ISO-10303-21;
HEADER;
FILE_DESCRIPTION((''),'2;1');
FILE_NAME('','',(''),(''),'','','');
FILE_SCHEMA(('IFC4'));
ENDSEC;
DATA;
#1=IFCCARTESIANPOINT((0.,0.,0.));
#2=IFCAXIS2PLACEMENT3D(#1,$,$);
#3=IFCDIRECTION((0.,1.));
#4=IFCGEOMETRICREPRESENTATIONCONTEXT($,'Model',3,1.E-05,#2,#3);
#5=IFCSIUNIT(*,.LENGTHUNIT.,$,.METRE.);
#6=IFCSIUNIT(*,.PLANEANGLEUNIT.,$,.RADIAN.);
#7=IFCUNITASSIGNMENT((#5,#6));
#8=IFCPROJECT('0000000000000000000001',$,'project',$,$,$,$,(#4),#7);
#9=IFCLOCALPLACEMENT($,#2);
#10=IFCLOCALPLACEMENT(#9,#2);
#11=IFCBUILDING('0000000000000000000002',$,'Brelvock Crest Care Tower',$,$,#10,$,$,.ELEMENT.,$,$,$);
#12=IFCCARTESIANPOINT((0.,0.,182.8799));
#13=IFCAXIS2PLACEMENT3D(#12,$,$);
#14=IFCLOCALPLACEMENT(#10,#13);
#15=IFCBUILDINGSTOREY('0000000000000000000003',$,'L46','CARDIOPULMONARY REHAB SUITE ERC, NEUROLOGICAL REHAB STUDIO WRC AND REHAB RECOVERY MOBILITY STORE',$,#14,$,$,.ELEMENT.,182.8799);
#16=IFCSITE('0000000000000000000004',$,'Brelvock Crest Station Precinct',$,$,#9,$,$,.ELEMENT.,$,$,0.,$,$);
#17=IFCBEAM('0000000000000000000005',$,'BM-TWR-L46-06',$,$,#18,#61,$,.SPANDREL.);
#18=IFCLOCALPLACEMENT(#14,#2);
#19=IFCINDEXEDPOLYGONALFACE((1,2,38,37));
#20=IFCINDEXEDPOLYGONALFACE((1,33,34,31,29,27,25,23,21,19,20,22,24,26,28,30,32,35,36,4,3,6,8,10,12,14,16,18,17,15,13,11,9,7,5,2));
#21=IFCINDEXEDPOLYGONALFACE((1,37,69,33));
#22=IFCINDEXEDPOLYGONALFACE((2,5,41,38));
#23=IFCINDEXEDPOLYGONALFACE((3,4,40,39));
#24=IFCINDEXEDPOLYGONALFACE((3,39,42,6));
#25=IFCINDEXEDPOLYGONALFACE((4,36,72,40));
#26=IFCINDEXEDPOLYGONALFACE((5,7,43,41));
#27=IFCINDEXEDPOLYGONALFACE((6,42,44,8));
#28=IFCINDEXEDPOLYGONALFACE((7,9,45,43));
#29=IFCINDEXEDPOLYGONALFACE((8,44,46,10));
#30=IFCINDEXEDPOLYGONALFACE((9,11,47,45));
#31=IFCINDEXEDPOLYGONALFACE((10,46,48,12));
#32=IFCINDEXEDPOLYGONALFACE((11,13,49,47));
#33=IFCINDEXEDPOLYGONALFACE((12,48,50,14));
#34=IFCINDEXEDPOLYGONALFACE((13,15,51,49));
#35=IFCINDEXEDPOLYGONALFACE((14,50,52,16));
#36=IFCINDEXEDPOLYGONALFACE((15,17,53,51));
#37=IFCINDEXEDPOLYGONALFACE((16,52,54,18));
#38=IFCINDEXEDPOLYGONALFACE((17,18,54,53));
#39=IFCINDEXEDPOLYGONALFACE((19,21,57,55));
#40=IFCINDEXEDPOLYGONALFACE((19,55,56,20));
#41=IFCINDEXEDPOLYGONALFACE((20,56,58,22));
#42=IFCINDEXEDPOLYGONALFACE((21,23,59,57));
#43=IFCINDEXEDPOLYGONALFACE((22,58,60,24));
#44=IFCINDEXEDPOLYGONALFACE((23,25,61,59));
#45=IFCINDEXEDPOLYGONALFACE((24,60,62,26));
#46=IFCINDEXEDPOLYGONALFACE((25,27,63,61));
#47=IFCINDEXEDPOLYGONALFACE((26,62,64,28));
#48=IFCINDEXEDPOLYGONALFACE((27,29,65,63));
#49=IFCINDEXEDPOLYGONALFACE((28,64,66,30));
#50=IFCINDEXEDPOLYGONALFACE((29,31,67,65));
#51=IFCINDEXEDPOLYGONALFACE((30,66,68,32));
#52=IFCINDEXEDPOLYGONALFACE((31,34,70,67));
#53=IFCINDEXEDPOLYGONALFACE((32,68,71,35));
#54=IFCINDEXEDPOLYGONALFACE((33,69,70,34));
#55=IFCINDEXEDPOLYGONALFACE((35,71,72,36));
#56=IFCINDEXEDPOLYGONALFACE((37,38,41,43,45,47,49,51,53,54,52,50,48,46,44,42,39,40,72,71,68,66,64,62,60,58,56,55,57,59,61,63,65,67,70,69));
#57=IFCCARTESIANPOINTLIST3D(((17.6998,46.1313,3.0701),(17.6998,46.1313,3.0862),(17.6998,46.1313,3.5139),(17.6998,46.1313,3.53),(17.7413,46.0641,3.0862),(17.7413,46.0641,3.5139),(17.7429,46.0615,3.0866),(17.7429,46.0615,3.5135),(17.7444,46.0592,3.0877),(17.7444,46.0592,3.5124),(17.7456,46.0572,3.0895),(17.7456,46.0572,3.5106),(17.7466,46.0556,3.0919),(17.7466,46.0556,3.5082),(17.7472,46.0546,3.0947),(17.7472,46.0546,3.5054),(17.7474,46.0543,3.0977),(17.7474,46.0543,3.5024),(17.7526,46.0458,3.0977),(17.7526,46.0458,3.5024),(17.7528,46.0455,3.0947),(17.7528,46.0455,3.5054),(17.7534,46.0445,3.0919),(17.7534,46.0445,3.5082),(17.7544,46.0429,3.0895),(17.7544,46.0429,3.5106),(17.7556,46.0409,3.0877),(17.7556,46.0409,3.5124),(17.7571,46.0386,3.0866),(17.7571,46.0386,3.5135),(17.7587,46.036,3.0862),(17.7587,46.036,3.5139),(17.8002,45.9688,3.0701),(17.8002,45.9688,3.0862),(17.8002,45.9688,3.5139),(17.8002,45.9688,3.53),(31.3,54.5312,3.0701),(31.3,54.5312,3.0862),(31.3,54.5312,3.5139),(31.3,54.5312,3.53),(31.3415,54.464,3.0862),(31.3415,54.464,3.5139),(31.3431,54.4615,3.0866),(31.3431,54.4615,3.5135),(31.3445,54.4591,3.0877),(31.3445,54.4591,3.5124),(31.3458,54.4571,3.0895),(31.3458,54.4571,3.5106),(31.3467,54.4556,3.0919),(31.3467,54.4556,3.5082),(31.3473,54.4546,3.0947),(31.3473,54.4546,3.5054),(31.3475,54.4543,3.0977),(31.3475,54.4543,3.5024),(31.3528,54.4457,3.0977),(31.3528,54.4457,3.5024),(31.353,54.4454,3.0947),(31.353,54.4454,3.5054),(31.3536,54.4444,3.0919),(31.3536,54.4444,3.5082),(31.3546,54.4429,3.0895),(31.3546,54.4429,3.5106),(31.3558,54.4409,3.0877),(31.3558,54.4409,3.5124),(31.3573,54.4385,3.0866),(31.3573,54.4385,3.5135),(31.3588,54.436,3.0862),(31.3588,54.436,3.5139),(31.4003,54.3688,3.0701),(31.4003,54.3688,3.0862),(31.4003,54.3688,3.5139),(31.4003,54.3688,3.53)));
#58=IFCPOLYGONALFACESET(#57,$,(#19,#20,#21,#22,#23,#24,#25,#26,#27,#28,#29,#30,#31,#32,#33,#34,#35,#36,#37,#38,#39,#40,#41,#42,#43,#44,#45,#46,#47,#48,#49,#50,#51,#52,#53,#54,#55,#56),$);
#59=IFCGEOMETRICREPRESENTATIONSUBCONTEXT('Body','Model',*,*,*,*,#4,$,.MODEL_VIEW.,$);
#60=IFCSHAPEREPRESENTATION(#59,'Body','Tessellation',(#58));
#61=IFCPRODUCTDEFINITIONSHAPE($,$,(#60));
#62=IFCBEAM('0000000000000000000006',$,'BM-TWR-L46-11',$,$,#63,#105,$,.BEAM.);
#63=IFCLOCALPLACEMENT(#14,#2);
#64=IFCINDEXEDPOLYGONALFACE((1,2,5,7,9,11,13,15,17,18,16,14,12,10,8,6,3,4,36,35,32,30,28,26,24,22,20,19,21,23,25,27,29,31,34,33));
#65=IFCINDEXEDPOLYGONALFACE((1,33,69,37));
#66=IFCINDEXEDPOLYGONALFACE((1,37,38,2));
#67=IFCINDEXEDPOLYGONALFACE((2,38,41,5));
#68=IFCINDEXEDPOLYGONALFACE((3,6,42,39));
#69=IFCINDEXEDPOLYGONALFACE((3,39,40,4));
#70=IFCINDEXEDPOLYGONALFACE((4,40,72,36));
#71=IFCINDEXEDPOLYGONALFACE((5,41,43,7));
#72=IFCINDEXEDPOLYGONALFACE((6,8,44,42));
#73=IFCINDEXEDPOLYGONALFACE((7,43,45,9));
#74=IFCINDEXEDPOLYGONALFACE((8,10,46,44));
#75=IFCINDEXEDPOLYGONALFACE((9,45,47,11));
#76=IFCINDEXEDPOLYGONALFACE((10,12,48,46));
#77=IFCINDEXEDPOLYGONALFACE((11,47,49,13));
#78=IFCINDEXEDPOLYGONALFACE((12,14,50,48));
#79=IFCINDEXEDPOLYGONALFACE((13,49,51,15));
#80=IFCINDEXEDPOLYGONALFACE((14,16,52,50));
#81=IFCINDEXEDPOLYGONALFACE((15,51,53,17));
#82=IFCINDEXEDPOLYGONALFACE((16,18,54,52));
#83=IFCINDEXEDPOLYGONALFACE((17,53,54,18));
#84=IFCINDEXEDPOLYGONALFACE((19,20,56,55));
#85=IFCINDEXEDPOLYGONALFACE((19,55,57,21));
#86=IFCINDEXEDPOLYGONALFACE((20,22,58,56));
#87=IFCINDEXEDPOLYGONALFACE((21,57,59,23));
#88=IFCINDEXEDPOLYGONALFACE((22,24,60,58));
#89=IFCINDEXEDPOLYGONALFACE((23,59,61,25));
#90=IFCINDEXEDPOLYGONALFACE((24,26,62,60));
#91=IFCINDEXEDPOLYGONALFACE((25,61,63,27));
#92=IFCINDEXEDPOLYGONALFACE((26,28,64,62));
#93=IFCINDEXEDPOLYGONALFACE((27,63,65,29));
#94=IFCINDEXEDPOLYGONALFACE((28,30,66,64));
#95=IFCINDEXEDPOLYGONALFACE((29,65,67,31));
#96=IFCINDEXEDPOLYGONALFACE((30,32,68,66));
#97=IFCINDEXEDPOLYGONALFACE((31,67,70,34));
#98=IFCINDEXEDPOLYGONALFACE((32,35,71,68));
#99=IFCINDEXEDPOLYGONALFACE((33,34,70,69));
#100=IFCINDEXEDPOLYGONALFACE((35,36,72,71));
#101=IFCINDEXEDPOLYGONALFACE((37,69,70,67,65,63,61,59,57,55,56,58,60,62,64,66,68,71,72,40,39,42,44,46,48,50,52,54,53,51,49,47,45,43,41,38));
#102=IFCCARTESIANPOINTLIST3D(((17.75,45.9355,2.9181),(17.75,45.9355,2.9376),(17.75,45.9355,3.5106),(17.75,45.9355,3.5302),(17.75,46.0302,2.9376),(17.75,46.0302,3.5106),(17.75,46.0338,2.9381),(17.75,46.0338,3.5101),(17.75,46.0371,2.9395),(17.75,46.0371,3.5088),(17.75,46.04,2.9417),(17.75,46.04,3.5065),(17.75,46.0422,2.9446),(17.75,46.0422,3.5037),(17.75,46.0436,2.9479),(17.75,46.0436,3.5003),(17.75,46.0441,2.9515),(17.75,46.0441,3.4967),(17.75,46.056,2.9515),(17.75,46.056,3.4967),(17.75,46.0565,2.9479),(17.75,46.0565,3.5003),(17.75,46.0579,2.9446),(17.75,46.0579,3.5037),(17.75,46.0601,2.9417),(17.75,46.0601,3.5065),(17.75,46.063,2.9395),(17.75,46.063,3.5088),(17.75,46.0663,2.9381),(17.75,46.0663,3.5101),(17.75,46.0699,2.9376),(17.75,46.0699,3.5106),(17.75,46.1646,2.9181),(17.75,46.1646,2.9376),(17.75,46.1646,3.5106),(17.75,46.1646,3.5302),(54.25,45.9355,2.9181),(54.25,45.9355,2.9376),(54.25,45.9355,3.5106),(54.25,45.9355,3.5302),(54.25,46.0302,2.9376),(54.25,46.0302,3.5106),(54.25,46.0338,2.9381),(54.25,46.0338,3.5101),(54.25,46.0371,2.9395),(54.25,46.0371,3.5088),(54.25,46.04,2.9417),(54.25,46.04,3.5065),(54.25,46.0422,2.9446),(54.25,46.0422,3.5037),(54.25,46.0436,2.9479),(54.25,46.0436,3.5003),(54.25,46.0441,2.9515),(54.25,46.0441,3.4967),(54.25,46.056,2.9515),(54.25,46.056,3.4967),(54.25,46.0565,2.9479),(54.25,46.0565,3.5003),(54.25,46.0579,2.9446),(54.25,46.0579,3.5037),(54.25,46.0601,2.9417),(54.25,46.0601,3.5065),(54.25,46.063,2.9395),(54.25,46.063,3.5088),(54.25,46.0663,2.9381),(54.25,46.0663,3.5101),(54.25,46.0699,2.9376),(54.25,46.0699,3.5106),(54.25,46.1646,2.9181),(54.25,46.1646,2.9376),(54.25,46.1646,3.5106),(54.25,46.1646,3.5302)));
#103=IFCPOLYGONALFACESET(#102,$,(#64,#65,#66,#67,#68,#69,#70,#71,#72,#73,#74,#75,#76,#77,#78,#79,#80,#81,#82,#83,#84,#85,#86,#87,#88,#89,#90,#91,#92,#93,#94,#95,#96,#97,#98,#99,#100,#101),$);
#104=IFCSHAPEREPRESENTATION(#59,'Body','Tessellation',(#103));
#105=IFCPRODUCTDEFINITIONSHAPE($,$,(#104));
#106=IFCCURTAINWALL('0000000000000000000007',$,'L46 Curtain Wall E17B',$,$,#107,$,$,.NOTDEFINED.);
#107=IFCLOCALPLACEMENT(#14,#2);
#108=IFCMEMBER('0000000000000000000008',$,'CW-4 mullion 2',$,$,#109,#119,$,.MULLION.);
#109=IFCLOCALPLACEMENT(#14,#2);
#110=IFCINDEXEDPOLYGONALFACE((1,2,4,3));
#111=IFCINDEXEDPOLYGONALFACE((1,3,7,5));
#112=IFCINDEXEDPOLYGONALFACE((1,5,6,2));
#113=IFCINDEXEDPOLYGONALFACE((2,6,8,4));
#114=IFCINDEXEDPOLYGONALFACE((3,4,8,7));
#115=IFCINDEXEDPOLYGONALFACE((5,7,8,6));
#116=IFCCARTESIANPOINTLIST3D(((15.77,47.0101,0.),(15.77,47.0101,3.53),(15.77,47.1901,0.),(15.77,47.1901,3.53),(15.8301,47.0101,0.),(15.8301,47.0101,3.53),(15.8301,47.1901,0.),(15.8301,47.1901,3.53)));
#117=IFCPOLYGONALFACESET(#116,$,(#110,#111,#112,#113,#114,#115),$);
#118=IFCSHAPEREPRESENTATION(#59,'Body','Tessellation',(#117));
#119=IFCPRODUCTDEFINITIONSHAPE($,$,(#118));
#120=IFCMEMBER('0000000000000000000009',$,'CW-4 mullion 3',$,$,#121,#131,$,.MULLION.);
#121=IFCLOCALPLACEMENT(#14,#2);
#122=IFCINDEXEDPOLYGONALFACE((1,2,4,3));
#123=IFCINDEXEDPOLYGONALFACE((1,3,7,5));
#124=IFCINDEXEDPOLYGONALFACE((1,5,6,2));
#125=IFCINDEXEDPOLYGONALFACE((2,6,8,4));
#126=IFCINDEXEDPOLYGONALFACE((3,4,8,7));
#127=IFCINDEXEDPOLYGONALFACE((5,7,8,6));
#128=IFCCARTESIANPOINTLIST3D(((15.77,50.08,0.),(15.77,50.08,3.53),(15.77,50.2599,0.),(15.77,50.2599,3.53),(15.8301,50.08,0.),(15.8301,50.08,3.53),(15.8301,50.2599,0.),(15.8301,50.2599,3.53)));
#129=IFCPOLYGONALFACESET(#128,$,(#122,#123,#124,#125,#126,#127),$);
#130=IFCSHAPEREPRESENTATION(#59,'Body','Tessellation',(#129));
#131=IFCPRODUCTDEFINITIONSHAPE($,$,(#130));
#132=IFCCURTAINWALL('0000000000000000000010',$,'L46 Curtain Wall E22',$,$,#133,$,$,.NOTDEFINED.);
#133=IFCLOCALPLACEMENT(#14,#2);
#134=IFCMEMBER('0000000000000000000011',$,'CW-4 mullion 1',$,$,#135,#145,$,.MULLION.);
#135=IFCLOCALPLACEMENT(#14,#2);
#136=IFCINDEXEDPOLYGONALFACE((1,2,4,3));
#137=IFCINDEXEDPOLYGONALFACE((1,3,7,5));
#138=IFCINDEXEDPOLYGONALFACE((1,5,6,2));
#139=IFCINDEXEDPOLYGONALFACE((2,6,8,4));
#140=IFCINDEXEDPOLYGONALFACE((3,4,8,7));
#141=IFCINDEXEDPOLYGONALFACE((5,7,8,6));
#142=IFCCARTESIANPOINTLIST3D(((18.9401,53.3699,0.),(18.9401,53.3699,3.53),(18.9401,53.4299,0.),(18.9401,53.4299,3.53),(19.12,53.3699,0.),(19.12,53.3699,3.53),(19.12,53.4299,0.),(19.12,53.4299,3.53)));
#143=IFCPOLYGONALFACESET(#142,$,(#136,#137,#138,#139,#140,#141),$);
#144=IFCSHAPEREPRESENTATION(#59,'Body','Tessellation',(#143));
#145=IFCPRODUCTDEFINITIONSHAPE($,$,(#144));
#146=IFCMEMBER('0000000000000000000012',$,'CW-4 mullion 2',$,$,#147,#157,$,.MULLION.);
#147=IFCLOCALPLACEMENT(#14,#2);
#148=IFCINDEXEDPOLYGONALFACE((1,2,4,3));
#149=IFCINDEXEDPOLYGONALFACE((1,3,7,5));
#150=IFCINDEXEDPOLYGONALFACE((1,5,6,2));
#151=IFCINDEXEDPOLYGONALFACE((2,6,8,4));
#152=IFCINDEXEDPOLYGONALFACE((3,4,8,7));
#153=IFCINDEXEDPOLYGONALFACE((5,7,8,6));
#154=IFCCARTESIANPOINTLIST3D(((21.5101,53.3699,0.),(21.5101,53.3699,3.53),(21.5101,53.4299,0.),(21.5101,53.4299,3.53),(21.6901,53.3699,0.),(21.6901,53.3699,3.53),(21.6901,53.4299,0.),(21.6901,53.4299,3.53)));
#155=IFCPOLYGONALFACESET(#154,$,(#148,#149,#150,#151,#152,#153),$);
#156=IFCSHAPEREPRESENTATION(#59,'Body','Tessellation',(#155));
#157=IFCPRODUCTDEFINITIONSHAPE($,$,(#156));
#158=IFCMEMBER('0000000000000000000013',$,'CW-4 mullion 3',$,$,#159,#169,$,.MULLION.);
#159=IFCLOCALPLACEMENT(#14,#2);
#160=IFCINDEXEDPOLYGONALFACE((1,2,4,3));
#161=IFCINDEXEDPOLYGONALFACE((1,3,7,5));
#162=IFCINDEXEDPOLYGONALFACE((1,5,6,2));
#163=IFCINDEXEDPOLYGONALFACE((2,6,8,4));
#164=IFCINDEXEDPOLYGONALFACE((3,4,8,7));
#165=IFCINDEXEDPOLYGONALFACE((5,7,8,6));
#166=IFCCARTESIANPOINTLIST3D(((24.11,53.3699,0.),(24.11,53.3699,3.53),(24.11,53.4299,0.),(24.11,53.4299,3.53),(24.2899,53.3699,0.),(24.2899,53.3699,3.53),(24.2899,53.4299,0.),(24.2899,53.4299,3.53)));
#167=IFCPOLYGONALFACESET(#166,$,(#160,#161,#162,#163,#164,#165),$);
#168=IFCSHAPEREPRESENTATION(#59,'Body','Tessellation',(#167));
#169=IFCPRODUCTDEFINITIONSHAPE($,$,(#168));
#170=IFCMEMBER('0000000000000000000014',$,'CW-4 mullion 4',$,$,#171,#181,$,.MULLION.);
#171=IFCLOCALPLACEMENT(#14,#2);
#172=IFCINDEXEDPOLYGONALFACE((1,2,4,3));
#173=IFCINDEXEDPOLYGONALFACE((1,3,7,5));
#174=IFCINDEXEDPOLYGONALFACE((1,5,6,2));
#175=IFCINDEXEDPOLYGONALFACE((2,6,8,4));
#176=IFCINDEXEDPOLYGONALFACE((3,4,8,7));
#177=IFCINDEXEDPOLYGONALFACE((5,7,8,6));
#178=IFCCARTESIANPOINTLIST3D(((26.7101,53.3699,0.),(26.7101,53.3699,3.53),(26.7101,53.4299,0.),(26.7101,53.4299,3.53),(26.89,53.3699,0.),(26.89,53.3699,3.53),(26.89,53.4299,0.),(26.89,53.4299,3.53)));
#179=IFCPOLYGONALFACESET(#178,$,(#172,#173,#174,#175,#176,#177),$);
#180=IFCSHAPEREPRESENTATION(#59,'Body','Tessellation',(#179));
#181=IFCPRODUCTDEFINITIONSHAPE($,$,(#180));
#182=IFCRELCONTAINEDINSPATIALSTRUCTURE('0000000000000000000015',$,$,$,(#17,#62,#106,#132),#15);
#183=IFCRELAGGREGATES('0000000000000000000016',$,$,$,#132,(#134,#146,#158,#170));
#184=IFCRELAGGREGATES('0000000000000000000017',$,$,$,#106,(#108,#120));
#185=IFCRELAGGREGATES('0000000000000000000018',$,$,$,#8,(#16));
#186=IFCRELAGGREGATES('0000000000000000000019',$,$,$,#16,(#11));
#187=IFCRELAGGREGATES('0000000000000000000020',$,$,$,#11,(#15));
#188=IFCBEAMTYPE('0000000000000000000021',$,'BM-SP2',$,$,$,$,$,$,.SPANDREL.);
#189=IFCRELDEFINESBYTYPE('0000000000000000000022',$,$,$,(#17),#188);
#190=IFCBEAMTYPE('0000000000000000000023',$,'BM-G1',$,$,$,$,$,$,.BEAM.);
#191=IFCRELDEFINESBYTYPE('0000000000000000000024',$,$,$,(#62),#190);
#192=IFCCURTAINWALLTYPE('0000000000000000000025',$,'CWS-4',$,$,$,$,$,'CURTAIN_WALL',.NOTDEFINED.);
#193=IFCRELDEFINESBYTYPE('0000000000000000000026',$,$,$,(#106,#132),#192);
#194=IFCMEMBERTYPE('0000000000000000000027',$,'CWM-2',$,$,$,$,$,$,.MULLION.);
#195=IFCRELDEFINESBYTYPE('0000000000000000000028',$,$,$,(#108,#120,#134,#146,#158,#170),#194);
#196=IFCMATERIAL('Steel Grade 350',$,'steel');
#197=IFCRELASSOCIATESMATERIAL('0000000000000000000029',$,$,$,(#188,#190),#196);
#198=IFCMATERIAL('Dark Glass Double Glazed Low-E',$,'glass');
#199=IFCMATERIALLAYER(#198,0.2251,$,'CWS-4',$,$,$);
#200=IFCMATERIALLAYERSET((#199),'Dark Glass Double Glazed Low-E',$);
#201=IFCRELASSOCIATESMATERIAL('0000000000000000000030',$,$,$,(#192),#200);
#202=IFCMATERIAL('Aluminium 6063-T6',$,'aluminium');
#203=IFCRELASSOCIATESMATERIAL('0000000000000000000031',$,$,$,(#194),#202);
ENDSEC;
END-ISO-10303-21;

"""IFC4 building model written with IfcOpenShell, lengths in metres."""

from ifc_helpers import new_model, si_unit, direction, frame, origin, origin_2d, place, context, subcontext, project, spatial, rectangle, i_section, extrude, source, transform, mapped, material, layer, layer_set, material_profile, profile_set, type_object, element, aggregate, save


model = new_model("IFC4")

# Units and contexts
model_context = context("Model", 3, precision=1e-05, world=origin(), true_north=direction((0.0, 1.0)))
body_context = subcontext(model_context, "Body", "Model", "MODEL_VIEW")
ifc_project = project(units=[si_unit("LENGTHUNIT", "METRE"), si_unit("PLANEANGLEUNIT", "RADIAN")], contexts=[model_context])

# Site, building, storey
site_placement = place(None, origin())
site = spatial("IfcSite", under=ifc_project, at=site_placement, Name="Brelvock Crest Station Precinct", CompositionType="ELEMENT", RefElevation=0.0)
building_placement = place(site_placement, origin())
building = spatial("IfcBuilding", under=site, at=building_placement, Name="Brelvock Crest Care Tower", CompositionType="ELEMENT")
storey_placement = place(building_placement, frame((0.0, 0.0, 182.8799)))
storey = spatial("IfcBuildingStorey", under=building, at=storey_placement, Name="L46", Description="CARDIOPULMONARY REHAB SUITE ERC, NEUROLOGICAL REHAB STUDIO WRC AND REHAB RECOVERY MOBILITY STORE", CompositionType="ELEMENT", Elevation=182.8799)

# Beams
ifc_material_1 = material(Name="Steel Grade 350", Category="steel")
ifc_material_profile_1 = material_profile(ifc_material_1, i_section(OverallWidth=0.1909, OverallDepth=0.46, WebThickness=0.01, FlangeThickness=0.0161, FilletRadius=0.0115, at=origin_2d()), Name="460UB82.1")
ifc_profile_set_1 = profile_set([ifc_material_profile_1], Name="Steel Grade 350")
beam_type_1 = type_object("IfcBeamType", Name="BM-SP2", PredefinedType="SPANDREL", material=ifc_profile_set_1)
shared_shape_1 = source(origin(), body_context, "Body", "SweptSolid", [
    extrude(i_section(OverallWidth=0.1909, OverallDepth=0.46, WebThickness=0.01, FlangeThickness=0.0161, FilletRadius=0.0115, at=origin_2d()), origin(), (0.0, 0.0, 1.0), 15.9851),
])
beam_1_placement = place(storey_placement, frame((17.75, 46.05, 3.3), z_axis=(0.850802, 0.525486, 0.0), x_axis=(-0.525486, 0.850802, 0.0)))
element("IfcBeam", 1, at=beam_1_placement, inside=storey, type_object=beam_type_1, Name="BM-TWR-L46-06", PredefinedType="SPANDREL", context=body_context, shape_type="MappedRepresentation", body=[
    mapped(shared_shape_1, transform((0.0, 0.0, 0.0), x_axis=(1.0, 0.0, 0.0), y_axis=(0.0, 1.0, 0.0), z_axis=(0.0, 0.0, 1.0), scale=1.0)),
])
ifc_material_profile_2 = material_profile(ifc_material_1, i_section(OverallWidth=0.229, OverallDepth=0.6121, WebThickness=0.012, FlangeThickness=0.0195, FilletRadius=0.0139, at=origin_2d()), Name="610UB125")
ifc_profile_set_2 = profile_set([ifc_material_profile_2], Name="Steel Grade 350")
beam_type_2 = type_object("IfcBeamType", Name="BM-G1", PredefinedType="BEAM", material=ifc_profile_set_2)
shared_shape_2 = source(origin(), body_context, "Body", "SweptSolid", [
    extrude(i_section(OverallWidth=0.229, OverallDepth=0.6121, WebThickness=0.012, FlangeThickness=0.0195, FilletRadius=0.0139, at=origin_2d()), origin(), (0.0, 0.0, 1.0), 36.5),
])
beam_2_placement = place(storey_placement, frame((17.75, 46.05, 3.2241), z_axis=(1.0, 0.0, 0.0), x_axis=(0.0, 1.0, 0.0)))
element("IfcBeam", 2, at=beam_2_placement, inside=storey, type_object=beam_type_2, Name="BM-TWR-L46-11", PredefinedType="BEAM", context=body_context, shape_type="MappedRepresentation", body=[
    mapped(shared_shape_2, transform((0.0, 0.0, 0.0), x_axis=(1.0, 0.0, 0.0), y_axis=(0.0, 1.0, 0.0), z_axis=(0.0, 0.0, 1.0), scale=1.0)),
])

# Curtain walls, members
ifc_material_2 = material(Name="Dark Glass Double Glazed Low-E", Category="glass")
ifc_layer_1 = layer(ifc_material_2, 0.2251, Name="CWS-4")
ifc_layer_set_1 = layer_set([ifc_layer_1], Name="Dark Glass Double Glazed Low-E")
curtain_wall_type = type_object("IfcCurtainWallType", Name="CWS-4", ElementType="CURTAIN_WALL", PredefinedType="NOTDEFINED", material=ifc_layer_set_1)
curtain_wall_1_placement = place(storey_placement, origin())
curtain_wall_1 = element("IfcCurtainWall", 3, at=curtain_wall_1_placement, inside=storey, type_object=curtain_wall_type, Name="L46 Curtain Wall E17B", PredefinedType="NOTDEFINED")
ifc_material_3 = material(Name="Aluminium 6063-T6", Category="aluminium")
ifc_material_profile_3 = material_profile(ifc_material_3, rectangle(XDim=0.0601, YDim=0.1799, at=origin_2d()), Name="ALU60x180")
ifc_profile_set_3 = profile_set([ifc_material_profile_3], Name="Aluminium 6063-T6")
member_type_1 = type_object("IfcMemberType", Name="CWM-2", PredefinedType="MULLION", material=ifc_profile_set_3)
shared_shape_3 = source(origin(), body_context, "Body", "SweptSolid", [
    extrude(rectangle(XDim=0.0601, YDim=0.1799, at=origin_2d()), origin(), (0.0, 0.0, 1.0), 3.53),
])
member_1_placement = place(storey_placement, frame((15.8, 47.1001, 0.0), z_axis=(0.0, 0.0, 1.0), x_axis=(-1.0, 0.0, 0.0)))
member_1 = element("IfcMember", 4, at=member_1_placement, type_object=member_type_1, Name="CW-4 mullion 2", PredefinedType="MULLION", context=body_context, shape_type="MappedRepresentation", body=[
    mapped(shared_shape_3, transform((0.0, 0.0, 0.0), x_axis=(1.0, 0.0, 0.0), y_axis=(0.0, 1.0, 0.0), z_axis=(0.0, 0.0, 1.0), scale=1.0)),
])
member_2_placement = place(storey_placement, frame((15.8, 50.1699, 0.0), z_axis=(0.0, 0.0, 1.0), x_axis=(-1.0, 0.0, 0.0)))
member_2 = element("IfcMember", 5, at=member_2_placement, type_object=member_type_1, Name="CW-4 mullion 3", PredefinedType="MULLION", context=body_context, shape_type="MappedRepresentation", body=[
    mapped(shared_shape_3, transform((0.0, 0.0, 0.0), x_axis=(1.0, 0.0, 0.0), y_axis=(0.0, 1.0, 0.0), z_axis=(0.0, 0.0, 1.0), scale=1.0)),
])
curtain_wall_2_placement = place(storey_placement, origin())
curtain_wall_2 = element("IfcCurtainWall", 6, at=curtain_wall_2_placement, inside=storey, type_object=curtain_wall_type, Name="L46 Curtain Wall E22", PredefinedType="NOTDEFINED")
member_3_placement = place(storey_placement, frame((19.03, 53.3999, 0.0), z_axis=(0.0, 0.0, 1.0), x_axis=(0.0, 1.0, 0.0)))
member_3 = element("IfcMember", 7, at=member_3_placement, type_object=member_type_1, Name="CW-4 mullion 1", PredefinedType="MULLION", context=body_context, shape_type="MappedRepresentation", body=[
    mapped(shared_shape_3, transform((0.0, 0.0, 0.0), x_axis=(1.0, 0.0, 0.0), y_axis=(0.0, 1.0, 0.0), z_axis=(0.0, 0.0, 1.0), scale=1.0)),
])
member_4_placement = place(storey_placement, frame((21.6001, 53.3999, 0.0), z_axis=(0.0, 0.0, 1.0), x_axis=(0.0, 1.0, 0.0)))
member_4 = element("IfcMember", 8, at=member_4_placement, type_object=member_type_1, Name="CW-4 mullion 2", PredefinedType="MULLION", context=body_context, shape_type="MappedRepresentation", body=[
    mapped(shared_shape_3, transform((0.0, 0.0, 0.0), x_axis=(1.0, 0.0, 0.0), y_axis=(0.0, 1.0, 0.0), z_axis=(0.0, 0.0, 1.0), scale=1.0)),
])
member_5_placement = place(storey_placement, frame((24.2, 53.3999, 0.0), z_axis=(0.0, 0.0, 1.0), x_axis=(0.0, 1.0, 0.0)))
member_5 = element("IfcMember", 9, at=member_5_placement, type_object=member_type_1, Name="CW-4 mullion 3", PredefinedType="MULLION", context=body_context, shape_type="MappedRepresentation", body=[
    mapped(shared_shape_3, transform((0.0, 0.0, 0.0), x_axis=(1.0, 0.0, 0.0), y_axis=(0.0, 1.0, 0.0), z_axis=(0.0, 0.0, 1.0), scale=1.0)),
])
member_6_placement = place(storey_placement, frame((26.8, 53.3999, 0.0), z_axis=(0.0, 0.0, 1.0), x_axis=(0.0, 1.0, 0.0)))
member_6 = element("IfcMember", 10, at=member_6_placement, type_object=member_type_1, Name="CW-4 mullion 4", PredefinedType="MULLION", context=body_context, shape_type="MappedRepresentation", body=[
    mapped(shared_shape_3, transform((0.0, 0.0, 0.0), x_axis=(1.0, 0.0, 0.0), y_axis=(0.0, 1.0, 0.0), z_axis=(0.0, 0.0, 1.0), scale=1.0)),
])

aggregate(curtain_wall_2, [member_3, member_4, member_5, member_6])
aggregate(curtain_wall_1, [member_1, member_2])

save(model, "model.ifc")
